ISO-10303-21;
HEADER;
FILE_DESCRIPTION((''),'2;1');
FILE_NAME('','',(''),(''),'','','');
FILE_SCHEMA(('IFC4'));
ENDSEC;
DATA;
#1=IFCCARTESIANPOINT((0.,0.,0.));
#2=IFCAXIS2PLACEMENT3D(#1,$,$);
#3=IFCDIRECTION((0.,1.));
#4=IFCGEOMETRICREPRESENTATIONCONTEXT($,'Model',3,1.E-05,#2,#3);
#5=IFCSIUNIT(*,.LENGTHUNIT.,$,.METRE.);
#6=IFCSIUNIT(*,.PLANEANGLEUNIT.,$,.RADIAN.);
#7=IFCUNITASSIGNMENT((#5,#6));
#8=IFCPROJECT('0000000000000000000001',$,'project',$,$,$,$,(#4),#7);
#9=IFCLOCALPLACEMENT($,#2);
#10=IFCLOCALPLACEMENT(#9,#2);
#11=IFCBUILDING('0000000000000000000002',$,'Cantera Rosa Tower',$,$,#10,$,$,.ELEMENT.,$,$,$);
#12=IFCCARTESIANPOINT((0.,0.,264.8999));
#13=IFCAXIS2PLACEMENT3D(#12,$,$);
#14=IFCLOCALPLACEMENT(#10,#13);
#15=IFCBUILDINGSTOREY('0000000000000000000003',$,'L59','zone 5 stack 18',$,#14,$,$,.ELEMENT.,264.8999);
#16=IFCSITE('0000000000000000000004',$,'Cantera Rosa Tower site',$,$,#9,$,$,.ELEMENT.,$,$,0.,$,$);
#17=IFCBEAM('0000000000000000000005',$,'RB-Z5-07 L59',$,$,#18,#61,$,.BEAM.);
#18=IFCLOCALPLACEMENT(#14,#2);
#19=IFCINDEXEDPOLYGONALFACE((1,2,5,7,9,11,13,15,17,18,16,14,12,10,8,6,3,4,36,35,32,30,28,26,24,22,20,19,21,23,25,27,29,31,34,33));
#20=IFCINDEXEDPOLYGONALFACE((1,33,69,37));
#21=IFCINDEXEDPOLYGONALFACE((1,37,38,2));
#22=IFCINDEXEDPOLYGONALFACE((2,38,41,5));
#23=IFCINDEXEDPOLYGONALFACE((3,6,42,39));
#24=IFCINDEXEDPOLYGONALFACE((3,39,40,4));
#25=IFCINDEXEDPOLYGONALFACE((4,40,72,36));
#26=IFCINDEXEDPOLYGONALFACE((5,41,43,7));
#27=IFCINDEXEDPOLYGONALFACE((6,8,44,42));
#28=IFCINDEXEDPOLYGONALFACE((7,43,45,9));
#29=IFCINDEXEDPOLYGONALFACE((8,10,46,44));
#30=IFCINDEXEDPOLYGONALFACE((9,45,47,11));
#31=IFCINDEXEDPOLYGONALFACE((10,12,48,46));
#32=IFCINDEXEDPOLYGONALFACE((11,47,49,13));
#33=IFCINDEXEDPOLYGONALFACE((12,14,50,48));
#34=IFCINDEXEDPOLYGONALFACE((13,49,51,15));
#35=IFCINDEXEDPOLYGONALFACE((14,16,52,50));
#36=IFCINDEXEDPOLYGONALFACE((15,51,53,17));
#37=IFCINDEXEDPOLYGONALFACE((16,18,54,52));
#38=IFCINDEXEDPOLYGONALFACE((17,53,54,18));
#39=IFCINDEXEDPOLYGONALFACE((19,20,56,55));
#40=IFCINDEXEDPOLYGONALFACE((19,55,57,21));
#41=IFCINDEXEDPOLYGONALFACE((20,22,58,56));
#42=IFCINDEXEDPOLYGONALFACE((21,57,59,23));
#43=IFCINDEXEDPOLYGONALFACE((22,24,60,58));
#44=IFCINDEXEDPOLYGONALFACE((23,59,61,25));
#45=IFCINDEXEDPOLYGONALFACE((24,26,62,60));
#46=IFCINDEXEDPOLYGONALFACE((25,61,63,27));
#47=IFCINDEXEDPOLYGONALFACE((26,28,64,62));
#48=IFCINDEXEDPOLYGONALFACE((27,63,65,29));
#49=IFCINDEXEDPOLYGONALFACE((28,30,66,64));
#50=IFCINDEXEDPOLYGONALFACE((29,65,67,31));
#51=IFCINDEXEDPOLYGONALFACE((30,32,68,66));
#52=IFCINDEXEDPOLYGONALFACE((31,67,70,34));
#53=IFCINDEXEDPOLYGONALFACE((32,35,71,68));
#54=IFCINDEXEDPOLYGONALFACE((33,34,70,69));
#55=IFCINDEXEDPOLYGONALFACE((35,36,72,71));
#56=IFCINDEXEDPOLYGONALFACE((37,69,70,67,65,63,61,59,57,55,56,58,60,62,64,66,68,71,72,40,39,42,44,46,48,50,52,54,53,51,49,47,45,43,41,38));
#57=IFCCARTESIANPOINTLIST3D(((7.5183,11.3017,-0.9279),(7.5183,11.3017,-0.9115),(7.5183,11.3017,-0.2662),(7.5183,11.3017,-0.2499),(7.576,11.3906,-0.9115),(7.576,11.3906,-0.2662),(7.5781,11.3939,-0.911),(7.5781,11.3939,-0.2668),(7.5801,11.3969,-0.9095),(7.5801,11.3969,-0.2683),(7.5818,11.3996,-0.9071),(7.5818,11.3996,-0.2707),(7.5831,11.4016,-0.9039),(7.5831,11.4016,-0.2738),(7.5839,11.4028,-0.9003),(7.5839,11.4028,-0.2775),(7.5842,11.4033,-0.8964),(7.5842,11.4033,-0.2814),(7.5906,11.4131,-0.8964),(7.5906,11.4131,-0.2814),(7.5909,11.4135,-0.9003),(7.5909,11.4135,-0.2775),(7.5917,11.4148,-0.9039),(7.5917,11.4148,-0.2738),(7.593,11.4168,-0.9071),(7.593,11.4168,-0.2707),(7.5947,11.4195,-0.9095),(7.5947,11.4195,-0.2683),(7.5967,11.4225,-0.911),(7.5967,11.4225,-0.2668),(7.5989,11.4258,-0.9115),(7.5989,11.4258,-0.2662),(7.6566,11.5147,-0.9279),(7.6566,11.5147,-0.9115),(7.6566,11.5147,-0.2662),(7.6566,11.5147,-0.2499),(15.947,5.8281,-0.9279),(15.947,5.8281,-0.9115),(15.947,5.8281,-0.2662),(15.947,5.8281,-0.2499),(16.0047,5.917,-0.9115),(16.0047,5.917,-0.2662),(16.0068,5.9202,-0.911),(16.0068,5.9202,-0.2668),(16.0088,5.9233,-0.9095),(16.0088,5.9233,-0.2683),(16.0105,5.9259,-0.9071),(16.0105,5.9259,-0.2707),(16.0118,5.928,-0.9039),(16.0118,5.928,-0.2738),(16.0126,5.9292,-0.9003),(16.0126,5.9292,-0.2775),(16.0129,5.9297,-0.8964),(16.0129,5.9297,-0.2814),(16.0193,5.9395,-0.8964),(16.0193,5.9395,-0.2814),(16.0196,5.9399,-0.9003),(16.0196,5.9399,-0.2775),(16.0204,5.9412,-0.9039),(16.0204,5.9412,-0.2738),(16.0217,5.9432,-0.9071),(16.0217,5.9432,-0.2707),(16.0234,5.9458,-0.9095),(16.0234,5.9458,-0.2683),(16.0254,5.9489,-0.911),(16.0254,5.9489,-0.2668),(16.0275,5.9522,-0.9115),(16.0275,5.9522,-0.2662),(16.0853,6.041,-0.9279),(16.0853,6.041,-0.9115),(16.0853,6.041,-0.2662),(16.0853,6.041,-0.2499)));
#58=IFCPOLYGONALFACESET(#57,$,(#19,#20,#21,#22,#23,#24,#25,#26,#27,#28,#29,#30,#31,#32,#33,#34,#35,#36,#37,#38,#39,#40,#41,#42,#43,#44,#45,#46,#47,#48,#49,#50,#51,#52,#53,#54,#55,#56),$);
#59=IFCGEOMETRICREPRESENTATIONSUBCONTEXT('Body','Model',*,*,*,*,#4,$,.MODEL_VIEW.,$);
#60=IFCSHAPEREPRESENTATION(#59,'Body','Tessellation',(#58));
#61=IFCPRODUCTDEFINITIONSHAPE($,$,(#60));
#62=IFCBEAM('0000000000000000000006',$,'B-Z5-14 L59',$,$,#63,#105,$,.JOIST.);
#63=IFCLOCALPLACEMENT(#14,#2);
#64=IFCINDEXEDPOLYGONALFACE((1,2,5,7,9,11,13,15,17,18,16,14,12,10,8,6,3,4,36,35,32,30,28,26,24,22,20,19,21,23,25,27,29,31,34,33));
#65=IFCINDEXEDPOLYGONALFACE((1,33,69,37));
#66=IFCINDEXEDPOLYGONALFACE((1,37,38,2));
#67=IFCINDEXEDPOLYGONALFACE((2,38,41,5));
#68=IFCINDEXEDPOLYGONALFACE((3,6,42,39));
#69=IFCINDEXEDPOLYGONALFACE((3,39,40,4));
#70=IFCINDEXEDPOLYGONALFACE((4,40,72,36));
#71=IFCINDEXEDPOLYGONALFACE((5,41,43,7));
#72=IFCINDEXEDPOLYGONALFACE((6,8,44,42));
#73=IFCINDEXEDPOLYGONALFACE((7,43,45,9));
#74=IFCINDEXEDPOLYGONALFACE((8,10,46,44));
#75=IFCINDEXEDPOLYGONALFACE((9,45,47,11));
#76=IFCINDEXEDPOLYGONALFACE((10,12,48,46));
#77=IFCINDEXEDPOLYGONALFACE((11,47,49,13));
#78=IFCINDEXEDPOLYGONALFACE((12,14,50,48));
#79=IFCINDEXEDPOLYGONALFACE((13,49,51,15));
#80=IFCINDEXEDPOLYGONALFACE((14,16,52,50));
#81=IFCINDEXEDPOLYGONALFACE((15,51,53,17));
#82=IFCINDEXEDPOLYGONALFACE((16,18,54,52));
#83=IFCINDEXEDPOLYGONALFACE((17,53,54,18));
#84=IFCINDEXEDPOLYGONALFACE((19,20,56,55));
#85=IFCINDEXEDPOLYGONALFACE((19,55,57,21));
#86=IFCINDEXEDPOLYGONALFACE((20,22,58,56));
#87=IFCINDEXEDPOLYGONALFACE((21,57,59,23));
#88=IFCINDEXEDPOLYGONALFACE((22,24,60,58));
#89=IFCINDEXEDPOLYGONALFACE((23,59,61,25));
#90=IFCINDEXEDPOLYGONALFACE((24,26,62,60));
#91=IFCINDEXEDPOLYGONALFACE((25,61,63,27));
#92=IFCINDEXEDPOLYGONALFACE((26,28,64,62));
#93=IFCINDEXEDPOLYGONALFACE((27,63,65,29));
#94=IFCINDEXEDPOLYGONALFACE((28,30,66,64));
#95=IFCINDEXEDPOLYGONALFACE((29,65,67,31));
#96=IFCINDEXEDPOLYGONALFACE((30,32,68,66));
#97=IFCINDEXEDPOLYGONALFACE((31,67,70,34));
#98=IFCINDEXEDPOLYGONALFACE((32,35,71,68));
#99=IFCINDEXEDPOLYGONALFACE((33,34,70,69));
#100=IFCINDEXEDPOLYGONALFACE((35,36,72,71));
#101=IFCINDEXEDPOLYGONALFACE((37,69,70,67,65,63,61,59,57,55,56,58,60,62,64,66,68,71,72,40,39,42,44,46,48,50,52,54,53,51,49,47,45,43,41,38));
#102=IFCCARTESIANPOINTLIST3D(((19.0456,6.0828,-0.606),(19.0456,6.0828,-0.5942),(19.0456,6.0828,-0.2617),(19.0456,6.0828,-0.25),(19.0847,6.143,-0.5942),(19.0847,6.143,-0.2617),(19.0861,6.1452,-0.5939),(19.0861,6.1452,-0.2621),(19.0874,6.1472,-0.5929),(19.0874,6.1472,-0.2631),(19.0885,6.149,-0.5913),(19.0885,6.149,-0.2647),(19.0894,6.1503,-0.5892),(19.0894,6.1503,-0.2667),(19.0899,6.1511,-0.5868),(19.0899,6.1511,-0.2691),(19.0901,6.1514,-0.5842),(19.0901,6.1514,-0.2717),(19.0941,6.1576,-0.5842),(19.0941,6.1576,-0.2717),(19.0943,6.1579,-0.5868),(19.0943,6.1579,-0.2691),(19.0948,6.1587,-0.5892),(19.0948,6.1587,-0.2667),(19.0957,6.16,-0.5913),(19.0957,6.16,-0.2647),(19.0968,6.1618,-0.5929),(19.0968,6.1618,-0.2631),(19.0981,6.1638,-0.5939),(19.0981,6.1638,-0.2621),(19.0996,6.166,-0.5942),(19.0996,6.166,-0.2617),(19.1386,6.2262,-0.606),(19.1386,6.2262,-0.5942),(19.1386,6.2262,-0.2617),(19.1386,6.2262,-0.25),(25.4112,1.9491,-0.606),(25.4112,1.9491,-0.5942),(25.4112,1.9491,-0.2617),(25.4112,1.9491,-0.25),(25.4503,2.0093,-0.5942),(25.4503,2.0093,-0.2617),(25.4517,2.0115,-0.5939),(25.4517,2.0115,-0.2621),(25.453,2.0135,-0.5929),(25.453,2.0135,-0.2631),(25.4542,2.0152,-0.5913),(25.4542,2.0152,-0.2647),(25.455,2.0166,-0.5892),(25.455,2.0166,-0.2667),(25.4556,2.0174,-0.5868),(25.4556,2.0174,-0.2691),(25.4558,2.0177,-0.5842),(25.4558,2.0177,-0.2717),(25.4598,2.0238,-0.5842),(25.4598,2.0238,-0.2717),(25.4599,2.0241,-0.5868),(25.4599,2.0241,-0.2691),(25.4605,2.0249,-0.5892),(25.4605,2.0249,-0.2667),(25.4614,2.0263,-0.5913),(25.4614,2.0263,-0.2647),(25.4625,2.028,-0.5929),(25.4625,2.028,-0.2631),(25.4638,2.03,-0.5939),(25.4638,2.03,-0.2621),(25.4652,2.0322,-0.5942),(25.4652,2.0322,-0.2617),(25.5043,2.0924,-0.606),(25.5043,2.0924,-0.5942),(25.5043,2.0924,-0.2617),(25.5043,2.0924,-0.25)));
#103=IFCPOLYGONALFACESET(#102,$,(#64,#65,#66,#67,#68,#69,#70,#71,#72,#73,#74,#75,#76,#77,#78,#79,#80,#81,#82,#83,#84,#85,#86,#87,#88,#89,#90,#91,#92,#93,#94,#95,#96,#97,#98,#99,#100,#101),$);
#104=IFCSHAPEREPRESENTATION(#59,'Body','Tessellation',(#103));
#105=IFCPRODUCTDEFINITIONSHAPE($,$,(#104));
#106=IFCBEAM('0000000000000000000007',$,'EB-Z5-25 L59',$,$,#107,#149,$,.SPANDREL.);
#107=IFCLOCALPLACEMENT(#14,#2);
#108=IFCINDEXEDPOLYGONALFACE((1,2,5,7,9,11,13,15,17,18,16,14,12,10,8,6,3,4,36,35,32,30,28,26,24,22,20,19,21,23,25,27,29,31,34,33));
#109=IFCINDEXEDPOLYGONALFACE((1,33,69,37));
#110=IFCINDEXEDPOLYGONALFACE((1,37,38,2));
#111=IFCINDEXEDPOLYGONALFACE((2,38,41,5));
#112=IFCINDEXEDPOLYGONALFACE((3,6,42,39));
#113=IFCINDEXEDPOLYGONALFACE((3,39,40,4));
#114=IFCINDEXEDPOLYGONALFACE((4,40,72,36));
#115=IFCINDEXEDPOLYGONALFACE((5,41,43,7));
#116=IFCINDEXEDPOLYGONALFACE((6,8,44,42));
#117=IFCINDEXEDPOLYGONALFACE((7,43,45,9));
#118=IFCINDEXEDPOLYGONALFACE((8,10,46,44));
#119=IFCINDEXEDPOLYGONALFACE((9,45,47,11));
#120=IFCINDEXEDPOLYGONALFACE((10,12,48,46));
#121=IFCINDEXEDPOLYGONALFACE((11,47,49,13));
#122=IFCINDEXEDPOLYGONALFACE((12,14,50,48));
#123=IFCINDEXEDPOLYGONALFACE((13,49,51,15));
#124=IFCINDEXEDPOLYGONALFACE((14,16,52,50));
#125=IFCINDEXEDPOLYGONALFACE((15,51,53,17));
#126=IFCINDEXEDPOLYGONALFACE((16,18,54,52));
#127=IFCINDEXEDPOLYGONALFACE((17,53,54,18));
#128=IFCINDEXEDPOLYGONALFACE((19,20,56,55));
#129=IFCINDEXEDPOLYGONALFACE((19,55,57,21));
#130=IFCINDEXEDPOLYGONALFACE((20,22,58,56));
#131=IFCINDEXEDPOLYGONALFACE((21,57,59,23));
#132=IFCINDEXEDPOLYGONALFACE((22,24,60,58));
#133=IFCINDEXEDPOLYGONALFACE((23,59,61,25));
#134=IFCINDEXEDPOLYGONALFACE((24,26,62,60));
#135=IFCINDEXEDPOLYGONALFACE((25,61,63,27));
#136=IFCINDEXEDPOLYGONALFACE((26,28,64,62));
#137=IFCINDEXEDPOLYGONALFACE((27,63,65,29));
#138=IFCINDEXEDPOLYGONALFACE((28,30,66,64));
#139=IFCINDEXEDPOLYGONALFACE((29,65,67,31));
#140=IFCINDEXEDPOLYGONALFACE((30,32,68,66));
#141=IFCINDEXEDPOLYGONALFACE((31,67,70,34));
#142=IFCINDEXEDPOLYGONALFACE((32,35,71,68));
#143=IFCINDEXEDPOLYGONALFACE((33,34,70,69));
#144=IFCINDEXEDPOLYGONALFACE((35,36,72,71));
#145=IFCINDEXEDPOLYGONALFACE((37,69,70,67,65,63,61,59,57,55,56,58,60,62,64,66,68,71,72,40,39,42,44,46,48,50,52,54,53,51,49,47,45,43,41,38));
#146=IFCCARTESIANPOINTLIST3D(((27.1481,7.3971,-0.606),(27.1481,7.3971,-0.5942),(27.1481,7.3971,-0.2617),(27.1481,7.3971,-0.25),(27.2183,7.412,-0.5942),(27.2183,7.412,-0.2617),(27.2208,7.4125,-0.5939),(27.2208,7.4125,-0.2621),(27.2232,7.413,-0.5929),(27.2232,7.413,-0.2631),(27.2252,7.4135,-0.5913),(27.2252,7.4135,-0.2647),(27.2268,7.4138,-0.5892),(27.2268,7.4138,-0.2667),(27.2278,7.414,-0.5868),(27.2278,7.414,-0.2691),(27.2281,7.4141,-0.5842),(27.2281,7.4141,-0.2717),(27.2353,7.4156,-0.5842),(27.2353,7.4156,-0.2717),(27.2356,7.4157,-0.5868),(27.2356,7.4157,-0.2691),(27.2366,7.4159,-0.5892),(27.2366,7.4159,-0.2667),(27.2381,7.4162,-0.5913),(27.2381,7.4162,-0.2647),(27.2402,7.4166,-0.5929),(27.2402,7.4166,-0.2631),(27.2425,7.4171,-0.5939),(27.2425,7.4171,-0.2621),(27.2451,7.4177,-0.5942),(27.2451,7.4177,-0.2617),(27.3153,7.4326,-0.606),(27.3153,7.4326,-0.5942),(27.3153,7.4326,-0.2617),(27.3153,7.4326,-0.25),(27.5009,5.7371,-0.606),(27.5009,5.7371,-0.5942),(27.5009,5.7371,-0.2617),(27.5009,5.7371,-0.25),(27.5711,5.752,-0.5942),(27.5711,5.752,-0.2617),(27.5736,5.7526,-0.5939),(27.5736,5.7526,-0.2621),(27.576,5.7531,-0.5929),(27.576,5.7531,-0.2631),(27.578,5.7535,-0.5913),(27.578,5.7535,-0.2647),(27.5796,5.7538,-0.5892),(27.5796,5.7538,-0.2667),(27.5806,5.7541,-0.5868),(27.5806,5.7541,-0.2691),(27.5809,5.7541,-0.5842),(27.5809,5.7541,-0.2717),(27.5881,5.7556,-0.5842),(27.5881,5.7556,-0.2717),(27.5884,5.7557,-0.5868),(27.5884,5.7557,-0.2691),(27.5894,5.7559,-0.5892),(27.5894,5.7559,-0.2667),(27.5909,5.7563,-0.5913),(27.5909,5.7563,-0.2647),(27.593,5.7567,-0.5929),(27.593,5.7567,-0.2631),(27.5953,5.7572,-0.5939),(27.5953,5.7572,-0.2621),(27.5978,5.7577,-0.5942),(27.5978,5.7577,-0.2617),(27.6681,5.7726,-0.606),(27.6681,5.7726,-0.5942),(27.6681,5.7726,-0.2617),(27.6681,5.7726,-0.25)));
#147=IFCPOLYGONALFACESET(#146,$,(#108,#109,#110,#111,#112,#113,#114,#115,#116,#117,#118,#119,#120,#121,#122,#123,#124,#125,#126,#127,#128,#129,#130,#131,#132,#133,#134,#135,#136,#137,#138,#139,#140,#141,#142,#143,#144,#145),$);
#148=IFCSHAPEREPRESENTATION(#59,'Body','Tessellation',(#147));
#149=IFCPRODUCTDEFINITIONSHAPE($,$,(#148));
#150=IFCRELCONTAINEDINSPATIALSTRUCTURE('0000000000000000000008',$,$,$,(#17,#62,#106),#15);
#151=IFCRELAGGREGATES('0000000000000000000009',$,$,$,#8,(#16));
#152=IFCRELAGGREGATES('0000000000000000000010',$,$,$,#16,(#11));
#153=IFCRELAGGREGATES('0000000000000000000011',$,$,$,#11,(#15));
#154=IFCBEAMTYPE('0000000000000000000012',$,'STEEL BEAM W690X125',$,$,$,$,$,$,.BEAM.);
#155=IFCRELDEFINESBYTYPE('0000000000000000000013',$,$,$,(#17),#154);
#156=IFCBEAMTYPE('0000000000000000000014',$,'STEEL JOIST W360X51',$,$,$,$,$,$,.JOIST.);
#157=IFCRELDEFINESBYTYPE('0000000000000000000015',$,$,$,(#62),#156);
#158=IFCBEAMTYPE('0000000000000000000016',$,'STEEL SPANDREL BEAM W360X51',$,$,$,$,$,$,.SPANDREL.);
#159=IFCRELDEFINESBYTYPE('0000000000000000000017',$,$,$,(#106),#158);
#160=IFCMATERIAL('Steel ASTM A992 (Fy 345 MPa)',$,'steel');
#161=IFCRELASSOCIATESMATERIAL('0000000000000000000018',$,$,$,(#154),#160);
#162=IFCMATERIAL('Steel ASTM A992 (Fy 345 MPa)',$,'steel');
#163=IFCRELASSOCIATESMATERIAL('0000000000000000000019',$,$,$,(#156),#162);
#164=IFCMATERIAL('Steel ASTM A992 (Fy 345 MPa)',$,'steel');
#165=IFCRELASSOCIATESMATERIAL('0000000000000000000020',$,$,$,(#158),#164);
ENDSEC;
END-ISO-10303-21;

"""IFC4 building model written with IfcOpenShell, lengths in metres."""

from ifc_helpers import new_model, si_unit, direction, frame, origin, origin_2d, place, context, subcontext, project, spatial, i_section, extrude, material, material_profile, profile_set, type_object, element, save


model = new_model("IFC4")

# Units and contexts
model_context = context("Model", 3, precision=1e-05, world=origin(), true_north=direction((0.0, 1.0)))
body_context = subcontext(model_context, "Body", "Model", "MODEL_VIEW")
ifc_project = project(units=[si_unit("LENGTHUNIT", "METRE"), si_unit("PLANEANGLEUNIT", "RADIAN")], contexts=[model_context])

# Site, building, storey
site_placement = place(None, origin())
site = spatial("IfcSite", under=ifc_project, at=site_placement, Name="Cantera Rosa Tower site", CompositionType="ELEMENT", RefElevation=0.0)
building_placement = place(site_placement, origin())
building = spatial("IfcBuilding", under=site, at=building_placement, Name="Cantera Rosa Tower", CompositionType="ELEMENT")
storey_placement = place(building_placement, frame((0.0, 0.0, 264.8999)))
storey = spatial("IfcBuildingStorey", under=building, at=storey_placement, Name="L59", Description="zone 5 stack 18", CompositionType="ELEMENT", Elevation=264.8999)

# Beams
ifc_material_1 = material(Name="Steel ASTM A992 (Fy 345 MPa)", Category="steel")
ifc_material_profile_1 = material_profile(ifc_material_1, i_section(OverallWidth=0.2539, OverallDepth=0.678, WebThickness=0.0117, FlangeThickness=0.0164, FilletRadius=0.0151, at=origin_2d()), Name="W690X125")
ifc_profile_set_1 = profile_set([ifc_material_profile_1], Name="Steel ASTM A992 (Fy 345 MPa)")
beam_type_1 = type_object("IfcBeamType", Name="STEEL BEAM W690X125", PredefinedType="BEAM", material=ifc_profile_set_1)
beam_1_placement = place(storey_placement, frame((16.0161, 5.9346, -0.5889), z_axis=(-0.838672, 0.544637, 0.0), x_axis=(-0.544637, -0.838672, 0.0)))
element("IfcBeam", 1, at=beam_1_placement, inside=storey, type_object=beam_type_1, Name="RB-Z5-07 L59", PredefinedType="BEAM", context=body_context, shape_type="SweptSolid", body=[
    extrude(i_section(OverallWidth=0.2539, OverallDepth=0.678, WebThickness=0.0117, FlangeThickness=0.0164, FilletRadius=0.0151, at=origin_2d()), origin(), (0.0, 0.0, 1.0), 10.05),
])
ifc_material_2 = material(Name="Steel ASTM A992 (Fy 345 MPa)", Category="steel")
ifc_material_profile_2 = material_profile(ifc_material_2, i_section(OverallWidth=0.1709, OverallDepth=0.356, WebThickness=0.0073, FlangeThickness=0.0117, FilletRadius=0.01, at=origin_2d()), Name="W360X51")
ifc_profile_set_2 = profile_set([ifc_material_profile_2], Name="Steel ASTM A992 (Fy 345 MPa)")
beam_type_2 = type_object("IfcBeamType", Name="STEEL JOIST W360X51", PredefinedType="JOIST", material=ifc_profile_set_2)
beam_2_placement = place(storey_placement, frame((25.4578, 2.0208, -0.428), z_axis=(-0.83868, 0.544624, 0.0), x_axis=(-0.544624, -0.83868, 0.0)))
element("IfcBeam", 2, at=beam_2_placement, inside=storey, type_object=beam_type_2, Name="B-Z5-14 L59", PredefinedType="JOIST", context=body_context, shape_type="SweptSolid", body=[
    extrude(i_section(OverallWidth=0.1709, OverallDepth=0.356, WebThickness=0.0073, FlangeThickness=0.0117, FilletRadius=0.01, at=origin_2d()), origin(), (0.0, 0.0, 1.0), 7.5901),
])
ifc_material_3 = material(Name="Steel ASTM A992 (Fy 345 MPa)", Category="steel")
ifc_material_profile_3 = material_profile(ifc_material_3, i_section(OverallWidth=0.1709, OverallDepth=0.356, WebThickness=0.0073, FlangeThickness=0.0117, FilletRadius=0.01, at=origin_2d()), Name="W360X51")
ifc_profile_set_3 = profile_set([ifc_material_profile_3], Name="Steel ASTM A992 (Fy 345 MPa)")
beam_type_3 = type_object("IfcBeamType", Name="STEEL SPANDREL BEAM W360X51", PredefinedType="SPANDREL", material=ifc_profile_set_3)
beam_3_placement = place(storey_placement, frame((27.5845, 5.7549, -0.428), z_axis=(-0.207888, 0.978153, 0.0), x_axis=(-0.978153, -0.207888, 0.0)))
element("IfcBeam", 3, at=beam_3_placement, inside=storey, type_object=beam_type_3, Name="EB-Z5-25 L59", PredefinedType="SPANDREL", context=body_context, shape_type="SweptSolid", body=[
    extrude(i_section(OverallWidth=0.1709, OverallDepth=0.356, WebThickness=0.0073, FlangeThickness=0.0117, FilletRadius=0.01, at=origin_2d()), origin(), (0.0, 0.0, 1.0), 1.697),
])

save(model, "model.ifc")
